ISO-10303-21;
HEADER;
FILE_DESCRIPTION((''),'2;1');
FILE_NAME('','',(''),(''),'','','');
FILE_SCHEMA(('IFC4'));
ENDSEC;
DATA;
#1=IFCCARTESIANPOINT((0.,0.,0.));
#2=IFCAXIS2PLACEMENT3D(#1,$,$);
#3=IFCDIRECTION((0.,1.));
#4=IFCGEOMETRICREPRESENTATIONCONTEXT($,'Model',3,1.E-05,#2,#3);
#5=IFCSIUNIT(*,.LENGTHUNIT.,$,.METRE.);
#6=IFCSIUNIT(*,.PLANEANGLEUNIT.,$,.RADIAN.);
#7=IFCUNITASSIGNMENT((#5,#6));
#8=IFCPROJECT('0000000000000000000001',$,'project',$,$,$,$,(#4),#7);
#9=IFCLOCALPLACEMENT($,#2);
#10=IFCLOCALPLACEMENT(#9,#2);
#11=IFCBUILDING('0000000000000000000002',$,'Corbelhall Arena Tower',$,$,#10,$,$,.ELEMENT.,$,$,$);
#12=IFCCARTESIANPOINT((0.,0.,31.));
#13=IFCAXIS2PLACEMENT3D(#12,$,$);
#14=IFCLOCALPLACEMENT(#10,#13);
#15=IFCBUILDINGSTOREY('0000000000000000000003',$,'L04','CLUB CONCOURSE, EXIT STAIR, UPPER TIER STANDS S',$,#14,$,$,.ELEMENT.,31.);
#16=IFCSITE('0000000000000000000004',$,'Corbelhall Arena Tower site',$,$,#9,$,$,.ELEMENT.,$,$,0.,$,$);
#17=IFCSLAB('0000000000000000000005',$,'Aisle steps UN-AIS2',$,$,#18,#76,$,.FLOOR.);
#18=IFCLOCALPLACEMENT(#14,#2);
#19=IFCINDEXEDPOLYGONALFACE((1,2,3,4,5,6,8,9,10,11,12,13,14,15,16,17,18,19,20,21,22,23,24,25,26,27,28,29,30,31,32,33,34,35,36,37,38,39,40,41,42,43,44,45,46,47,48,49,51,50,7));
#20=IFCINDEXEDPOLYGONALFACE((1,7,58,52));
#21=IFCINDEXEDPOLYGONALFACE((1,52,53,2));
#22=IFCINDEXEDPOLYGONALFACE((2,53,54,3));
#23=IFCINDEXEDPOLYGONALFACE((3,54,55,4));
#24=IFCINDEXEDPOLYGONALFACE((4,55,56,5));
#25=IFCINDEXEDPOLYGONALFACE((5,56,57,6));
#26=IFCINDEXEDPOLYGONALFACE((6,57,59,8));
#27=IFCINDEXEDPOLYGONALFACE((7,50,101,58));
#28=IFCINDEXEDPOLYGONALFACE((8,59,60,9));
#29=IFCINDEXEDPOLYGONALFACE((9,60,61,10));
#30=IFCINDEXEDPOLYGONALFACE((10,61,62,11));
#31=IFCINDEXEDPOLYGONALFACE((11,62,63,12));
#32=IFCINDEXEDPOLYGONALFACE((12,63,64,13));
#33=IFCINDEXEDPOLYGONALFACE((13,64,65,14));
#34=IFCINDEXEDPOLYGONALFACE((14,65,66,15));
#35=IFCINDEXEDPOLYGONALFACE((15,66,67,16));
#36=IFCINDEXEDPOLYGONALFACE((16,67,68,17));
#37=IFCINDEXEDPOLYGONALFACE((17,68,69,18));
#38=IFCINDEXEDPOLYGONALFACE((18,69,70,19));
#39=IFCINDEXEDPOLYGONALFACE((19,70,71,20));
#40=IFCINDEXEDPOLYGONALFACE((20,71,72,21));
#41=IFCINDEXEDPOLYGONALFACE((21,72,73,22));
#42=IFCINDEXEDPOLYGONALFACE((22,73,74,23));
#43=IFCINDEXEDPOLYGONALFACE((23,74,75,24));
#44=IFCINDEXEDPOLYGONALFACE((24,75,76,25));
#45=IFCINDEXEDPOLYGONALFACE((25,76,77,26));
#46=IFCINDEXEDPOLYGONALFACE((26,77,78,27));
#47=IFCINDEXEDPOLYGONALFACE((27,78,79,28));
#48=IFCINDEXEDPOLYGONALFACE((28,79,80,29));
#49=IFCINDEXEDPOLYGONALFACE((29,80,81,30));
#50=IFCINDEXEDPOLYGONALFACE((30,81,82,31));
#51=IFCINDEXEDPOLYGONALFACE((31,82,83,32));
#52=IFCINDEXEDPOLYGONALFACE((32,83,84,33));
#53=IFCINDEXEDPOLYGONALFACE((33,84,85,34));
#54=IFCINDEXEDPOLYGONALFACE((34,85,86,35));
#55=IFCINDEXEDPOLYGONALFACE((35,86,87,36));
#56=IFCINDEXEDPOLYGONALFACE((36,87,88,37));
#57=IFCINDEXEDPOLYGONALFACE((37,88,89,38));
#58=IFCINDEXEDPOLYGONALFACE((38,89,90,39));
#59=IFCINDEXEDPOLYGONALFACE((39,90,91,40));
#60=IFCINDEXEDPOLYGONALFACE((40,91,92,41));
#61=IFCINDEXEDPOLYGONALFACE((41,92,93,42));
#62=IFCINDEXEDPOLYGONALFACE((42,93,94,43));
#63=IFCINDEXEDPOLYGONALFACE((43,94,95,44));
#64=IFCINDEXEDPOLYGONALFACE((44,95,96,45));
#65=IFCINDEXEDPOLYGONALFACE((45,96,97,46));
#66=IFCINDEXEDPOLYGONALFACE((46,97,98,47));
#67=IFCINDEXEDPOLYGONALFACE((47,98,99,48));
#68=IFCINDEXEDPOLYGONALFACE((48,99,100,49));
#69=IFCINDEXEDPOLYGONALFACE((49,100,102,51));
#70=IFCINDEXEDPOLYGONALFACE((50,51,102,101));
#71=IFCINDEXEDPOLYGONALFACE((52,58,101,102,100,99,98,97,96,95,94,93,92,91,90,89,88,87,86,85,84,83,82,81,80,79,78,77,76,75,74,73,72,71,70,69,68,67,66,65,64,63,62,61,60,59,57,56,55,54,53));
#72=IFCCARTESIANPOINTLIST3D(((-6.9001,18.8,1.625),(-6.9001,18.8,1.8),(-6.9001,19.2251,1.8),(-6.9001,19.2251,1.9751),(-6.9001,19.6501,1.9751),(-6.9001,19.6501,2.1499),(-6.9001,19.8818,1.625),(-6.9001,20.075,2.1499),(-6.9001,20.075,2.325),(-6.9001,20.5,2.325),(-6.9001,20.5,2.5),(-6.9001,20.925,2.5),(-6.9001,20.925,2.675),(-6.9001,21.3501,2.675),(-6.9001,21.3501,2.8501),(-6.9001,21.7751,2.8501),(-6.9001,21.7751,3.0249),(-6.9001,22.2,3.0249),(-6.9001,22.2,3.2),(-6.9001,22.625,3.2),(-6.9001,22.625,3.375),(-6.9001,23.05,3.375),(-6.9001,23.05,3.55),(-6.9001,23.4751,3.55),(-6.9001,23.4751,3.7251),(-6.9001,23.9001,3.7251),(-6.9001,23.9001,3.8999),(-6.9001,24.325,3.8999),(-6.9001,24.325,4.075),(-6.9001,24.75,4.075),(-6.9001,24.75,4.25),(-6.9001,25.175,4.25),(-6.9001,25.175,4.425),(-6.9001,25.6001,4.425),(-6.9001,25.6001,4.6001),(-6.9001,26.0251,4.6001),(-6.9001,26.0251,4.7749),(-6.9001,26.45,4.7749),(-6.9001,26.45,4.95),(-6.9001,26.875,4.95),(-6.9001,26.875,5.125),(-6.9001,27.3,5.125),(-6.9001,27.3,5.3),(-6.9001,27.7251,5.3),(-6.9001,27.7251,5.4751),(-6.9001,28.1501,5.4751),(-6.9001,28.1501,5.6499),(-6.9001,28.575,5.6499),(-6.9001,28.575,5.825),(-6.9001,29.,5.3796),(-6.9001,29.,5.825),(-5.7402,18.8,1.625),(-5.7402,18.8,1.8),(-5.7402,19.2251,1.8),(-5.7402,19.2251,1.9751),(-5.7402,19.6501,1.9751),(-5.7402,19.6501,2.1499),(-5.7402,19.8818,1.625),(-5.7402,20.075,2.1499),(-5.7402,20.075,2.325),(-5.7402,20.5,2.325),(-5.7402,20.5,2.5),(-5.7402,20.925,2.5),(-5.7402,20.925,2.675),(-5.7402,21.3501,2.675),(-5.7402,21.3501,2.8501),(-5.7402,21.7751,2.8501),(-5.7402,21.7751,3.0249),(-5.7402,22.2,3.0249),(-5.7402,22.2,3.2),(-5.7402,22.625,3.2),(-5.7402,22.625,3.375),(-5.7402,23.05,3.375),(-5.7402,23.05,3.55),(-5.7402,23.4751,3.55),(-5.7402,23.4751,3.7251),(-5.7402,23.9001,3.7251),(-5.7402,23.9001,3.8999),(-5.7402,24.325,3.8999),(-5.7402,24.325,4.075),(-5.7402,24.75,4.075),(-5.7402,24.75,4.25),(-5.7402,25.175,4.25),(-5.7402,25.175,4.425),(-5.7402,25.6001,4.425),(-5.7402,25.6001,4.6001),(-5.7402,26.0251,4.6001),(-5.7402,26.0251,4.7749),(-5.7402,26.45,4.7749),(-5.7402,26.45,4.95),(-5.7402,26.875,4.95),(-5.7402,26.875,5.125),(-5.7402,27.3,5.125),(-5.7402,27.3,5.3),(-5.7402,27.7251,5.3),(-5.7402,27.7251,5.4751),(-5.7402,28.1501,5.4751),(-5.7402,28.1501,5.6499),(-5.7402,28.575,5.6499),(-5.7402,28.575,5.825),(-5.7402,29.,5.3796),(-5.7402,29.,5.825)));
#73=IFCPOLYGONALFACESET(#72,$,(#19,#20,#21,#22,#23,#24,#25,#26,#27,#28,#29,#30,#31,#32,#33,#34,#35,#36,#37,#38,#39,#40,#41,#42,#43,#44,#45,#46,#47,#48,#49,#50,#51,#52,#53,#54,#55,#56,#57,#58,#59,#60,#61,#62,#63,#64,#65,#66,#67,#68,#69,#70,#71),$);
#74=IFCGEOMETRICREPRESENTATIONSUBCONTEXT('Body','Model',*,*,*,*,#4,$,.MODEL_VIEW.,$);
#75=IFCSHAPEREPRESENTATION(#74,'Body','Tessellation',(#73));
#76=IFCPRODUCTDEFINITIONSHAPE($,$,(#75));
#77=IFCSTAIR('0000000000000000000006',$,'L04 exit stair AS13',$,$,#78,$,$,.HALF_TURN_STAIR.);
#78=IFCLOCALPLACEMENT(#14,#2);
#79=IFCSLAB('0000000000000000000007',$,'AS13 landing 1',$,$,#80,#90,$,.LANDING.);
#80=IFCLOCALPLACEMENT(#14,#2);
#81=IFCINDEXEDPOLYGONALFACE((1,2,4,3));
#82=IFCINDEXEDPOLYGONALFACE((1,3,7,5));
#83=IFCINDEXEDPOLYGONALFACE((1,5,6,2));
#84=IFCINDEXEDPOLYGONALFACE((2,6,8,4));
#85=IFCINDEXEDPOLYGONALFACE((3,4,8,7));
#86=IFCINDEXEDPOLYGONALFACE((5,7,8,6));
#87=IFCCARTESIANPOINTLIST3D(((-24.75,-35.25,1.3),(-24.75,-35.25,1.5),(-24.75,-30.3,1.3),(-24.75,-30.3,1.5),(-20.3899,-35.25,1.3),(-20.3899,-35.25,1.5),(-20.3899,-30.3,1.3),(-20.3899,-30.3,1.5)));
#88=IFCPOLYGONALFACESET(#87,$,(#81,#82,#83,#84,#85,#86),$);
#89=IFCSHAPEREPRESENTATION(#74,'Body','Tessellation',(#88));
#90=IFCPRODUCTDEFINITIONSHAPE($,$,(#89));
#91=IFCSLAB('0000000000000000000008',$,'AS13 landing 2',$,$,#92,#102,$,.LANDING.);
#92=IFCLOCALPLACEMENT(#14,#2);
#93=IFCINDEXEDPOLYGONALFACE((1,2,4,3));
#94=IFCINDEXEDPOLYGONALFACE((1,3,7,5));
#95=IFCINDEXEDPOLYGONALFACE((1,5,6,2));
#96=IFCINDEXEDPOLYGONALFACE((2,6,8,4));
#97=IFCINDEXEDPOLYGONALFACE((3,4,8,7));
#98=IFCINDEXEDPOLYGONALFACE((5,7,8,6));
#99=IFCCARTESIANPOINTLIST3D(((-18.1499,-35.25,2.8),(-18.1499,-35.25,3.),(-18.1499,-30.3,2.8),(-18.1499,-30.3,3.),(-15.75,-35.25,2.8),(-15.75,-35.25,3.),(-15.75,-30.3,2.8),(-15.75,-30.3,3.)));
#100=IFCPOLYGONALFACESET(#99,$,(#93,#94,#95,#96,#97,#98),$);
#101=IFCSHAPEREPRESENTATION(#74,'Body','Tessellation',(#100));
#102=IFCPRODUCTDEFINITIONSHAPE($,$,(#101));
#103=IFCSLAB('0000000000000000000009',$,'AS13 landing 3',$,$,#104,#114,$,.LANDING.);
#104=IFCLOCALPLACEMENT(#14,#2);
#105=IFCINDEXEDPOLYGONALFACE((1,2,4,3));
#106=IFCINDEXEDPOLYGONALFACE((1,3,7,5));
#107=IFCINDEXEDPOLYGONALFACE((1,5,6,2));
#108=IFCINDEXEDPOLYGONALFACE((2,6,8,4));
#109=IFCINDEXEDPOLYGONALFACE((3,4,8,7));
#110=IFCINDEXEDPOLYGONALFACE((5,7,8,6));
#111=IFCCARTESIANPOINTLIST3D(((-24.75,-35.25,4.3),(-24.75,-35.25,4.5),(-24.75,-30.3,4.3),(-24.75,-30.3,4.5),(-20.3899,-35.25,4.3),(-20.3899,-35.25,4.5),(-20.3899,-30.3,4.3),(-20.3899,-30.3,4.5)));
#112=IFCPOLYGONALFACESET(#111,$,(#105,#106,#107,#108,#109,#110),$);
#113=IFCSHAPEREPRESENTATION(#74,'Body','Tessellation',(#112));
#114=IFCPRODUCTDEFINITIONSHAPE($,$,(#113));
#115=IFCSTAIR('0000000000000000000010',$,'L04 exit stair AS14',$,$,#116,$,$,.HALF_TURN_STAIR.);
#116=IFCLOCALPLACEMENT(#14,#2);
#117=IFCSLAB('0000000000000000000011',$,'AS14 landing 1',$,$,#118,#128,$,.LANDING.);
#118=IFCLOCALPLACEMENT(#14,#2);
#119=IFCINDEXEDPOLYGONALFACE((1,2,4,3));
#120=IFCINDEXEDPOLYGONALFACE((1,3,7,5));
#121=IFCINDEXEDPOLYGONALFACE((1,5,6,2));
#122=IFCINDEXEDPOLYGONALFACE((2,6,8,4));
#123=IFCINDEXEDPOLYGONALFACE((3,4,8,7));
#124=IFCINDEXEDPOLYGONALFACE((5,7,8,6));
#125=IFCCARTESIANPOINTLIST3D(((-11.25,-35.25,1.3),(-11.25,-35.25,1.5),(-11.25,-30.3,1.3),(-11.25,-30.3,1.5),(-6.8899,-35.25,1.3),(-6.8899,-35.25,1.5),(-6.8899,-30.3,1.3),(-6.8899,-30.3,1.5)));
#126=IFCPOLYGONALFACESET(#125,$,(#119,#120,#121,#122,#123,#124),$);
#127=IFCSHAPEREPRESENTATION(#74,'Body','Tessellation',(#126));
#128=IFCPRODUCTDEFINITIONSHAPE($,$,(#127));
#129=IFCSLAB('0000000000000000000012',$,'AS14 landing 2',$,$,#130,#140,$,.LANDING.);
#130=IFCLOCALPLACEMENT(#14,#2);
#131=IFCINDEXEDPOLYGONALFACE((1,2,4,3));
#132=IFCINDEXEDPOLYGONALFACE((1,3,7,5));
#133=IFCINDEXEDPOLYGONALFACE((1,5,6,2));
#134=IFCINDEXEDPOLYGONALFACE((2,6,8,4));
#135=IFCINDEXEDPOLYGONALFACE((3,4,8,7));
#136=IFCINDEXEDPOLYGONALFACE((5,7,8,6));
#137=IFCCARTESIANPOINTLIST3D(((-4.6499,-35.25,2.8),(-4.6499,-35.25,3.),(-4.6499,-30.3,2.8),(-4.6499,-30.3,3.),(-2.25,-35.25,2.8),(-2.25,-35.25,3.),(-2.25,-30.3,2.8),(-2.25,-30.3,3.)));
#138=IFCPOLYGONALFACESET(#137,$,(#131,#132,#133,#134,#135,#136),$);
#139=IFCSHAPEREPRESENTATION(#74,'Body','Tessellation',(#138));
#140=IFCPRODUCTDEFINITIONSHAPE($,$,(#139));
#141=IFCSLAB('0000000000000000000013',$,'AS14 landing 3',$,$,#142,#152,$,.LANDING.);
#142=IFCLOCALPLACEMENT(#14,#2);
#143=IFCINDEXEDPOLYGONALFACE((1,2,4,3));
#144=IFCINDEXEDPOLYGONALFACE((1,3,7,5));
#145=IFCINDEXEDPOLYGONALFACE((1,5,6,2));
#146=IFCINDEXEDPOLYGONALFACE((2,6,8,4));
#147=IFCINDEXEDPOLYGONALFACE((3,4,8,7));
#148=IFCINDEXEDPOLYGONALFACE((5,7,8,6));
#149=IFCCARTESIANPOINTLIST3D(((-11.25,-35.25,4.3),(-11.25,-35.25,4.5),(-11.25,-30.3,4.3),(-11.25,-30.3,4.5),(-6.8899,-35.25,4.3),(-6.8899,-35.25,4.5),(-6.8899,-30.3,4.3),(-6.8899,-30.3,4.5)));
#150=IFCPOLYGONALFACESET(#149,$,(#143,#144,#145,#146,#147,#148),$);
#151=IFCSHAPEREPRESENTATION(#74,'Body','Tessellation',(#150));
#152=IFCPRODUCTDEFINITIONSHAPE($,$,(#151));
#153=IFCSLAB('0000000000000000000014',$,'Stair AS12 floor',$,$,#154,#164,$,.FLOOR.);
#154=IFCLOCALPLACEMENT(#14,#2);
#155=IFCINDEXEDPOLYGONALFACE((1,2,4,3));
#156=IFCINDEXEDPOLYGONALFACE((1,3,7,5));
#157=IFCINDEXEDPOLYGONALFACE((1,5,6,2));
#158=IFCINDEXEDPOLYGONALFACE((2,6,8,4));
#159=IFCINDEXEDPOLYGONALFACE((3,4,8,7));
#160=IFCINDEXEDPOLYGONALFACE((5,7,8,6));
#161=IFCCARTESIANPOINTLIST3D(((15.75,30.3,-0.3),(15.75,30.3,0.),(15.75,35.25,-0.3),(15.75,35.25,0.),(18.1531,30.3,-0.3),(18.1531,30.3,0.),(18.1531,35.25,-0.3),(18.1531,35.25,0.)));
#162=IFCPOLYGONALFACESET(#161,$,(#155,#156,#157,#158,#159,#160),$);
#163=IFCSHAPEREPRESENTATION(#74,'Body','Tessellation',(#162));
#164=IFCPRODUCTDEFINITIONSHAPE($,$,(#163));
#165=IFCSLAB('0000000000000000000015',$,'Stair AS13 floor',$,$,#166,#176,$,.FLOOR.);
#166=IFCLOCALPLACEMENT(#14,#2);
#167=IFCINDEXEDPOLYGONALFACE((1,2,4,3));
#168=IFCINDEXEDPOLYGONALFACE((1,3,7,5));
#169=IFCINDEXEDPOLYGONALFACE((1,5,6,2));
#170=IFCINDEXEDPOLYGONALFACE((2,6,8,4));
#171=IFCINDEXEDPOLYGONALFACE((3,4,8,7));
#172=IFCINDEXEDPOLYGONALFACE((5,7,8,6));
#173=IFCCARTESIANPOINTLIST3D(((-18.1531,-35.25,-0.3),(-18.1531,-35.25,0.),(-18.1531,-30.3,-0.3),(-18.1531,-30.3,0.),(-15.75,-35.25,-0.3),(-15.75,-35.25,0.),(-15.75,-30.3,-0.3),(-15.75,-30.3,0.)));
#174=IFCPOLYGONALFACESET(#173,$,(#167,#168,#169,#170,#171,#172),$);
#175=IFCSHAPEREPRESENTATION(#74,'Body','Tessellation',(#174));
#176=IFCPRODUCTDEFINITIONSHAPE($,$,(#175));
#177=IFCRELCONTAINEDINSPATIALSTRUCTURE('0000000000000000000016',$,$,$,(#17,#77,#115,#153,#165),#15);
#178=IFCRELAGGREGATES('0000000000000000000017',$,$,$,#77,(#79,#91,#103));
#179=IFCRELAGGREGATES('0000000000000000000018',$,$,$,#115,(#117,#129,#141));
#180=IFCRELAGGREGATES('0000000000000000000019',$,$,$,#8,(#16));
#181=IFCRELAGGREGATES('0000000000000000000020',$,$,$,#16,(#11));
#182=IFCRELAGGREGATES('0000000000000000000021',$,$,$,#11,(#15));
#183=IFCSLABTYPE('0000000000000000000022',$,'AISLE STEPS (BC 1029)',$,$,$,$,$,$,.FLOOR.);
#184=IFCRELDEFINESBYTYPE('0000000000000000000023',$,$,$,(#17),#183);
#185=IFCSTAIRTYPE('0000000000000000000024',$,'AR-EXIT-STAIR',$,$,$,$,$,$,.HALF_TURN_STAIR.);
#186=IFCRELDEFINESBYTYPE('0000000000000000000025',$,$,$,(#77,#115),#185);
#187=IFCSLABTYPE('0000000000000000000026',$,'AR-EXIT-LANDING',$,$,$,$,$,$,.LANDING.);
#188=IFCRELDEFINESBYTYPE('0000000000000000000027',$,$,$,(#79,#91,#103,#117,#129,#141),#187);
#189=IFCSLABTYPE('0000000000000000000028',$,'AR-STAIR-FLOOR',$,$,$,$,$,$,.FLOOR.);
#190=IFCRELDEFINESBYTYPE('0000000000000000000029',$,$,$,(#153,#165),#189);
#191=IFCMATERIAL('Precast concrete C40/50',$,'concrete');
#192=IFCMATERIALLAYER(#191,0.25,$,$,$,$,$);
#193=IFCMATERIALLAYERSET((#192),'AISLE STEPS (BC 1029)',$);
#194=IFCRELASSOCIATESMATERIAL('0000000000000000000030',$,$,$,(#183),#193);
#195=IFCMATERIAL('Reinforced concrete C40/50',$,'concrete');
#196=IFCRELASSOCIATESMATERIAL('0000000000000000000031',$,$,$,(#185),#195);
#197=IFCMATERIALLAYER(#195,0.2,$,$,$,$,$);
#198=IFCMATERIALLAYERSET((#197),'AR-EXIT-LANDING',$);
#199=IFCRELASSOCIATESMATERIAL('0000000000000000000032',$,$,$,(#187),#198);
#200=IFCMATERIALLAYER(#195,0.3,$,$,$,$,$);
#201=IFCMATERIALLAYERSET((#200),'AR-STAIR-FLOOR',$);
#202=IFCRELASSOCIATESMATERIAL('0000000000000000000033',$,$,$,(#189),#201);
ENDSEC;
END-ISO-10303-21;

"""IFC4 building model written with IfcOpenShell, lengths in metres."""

from ifc_helpers import new_model, si_unit, direction, frame, origin, place, context, subcontext, project, spatial, polyline, outline, extrude, material, layer, layer_set, type_object, element, aggregate, save


model = new_model("IFC4")

# Units and contexts
model_context = context("Model", 3, precision=1e-05, world=origin(), true_north=direction((0.0, 1.0)))
body_context = subcontext(model_context, "Body", "Model", "MODEL_VIEW")
ifc_project = project(units=[si_unit("LENGTHUNIT", "METRE"), si_unit("PLANEANGLEUNIT", "RADIAN")], contexts=[model_context])

# Site, building, storey
site_placement = place(None, origin())
site = spatial("IfcSite", under=ifc_project, at=site_placement, Name="Corbelhall Arena Tower site", CompositionType="ELEMENT", RefElevation=0.0)
building_placement = place(site_placement, origin())
building = spatial("IfcBuilding", under=site, at=building_placement, Name="Corbelhall Arena Tower", CompositionType="ELEMENT")
storey_placement = place(building_placement, frame((0.0, 0.0, 31.0)))
storey = spatial("IfcBuildingStorey", under=building, at=storey_placement, Name="L04", Description="CLUB CONCOURSE, EXIT STAIR, UPPER TIER STANDS S", CompositionType="ELEMENT", Elevation=31.0)

# Slab
ifc_material_1 = material(Name="Precast concrete C40/50", Category="concrete")
ifc_layer_1 = layer(ifc_material_1, 0.25)
ifc_layer_set_1 = layer_set([ifc_layer_1], Name="AISLE STEPS (BC 1029)")
slab_type_1 = type_object("IfcSlabType", Name="AISLE STEPS (BC 1029)", PredefinedType="FLOOR", material=ifc_layer_set_1)
slab_1_placement = place(storey_placement, frame((-6.3201, 18.8, 1.625), z_axis=(0.0, 0.0, 1.0), x_axis=(0.0, 1.0, 0.0)))
element("IfcSlab", 1, at=slab_1_placement, inside=storey, type_object=slab_type_1, Name="Aisle steps UN-AIS2", PredefinedType="FLOOR", context=body_context, shape_type="SweptSolid", body=[
    extrude(outline(polyline([(0.0, 0.0), (0.0, 0.175), (0.425, 0.175), (0.425, 0.3501), (0.8501, 0.3501), (0.8501, 0.5249), (1.2749, 0.5249), (1.2749, 0.7), (1.7, 0.7), (1.7, 0.875), (2.125, 0.875), (2.125, 1.05), (2.55, 1.05), (2.55, 1.2251), (2.9751, 1.2251), (2.9751, 1.3999), (3.3999, 1.3999), (3.3999, 1.575), (3.825, 1.575), (3.825, 1.75), (4.25, 1.75), (4.25, 1.925), (4.675, 1.925), (4.675, 2.1001), (5.1001, 2.1001), (5.1001, 2.2749), (5.5249, 2.2749), (5.5249, 2.45), (5.95, 2.45), (5.95, 2.625), (6.375, 2.625), (6.375, 2.8), (6.8, 2.8), (6.8, 2.9751), (7.2251, 2.9751), (7.2251, 3.1499), (7.6499, 3.1499), (7.6499, 3.325), (8.075, 3.325), (8.075, 3.5), (8.5, 3.5), (8.5, 3.675), (8.925, 3.675), (8.925, 3.8501), (9.3501, 3.8501), (9.3501, 4.0249), (9.7749, 4.0249), (9.7749, 4.2), (10.2, 4.2), (10.2, 4.375), (10.2, 3.7546), (1.0818, 0.0), (0.0, 0.0)])), frame((0.0, 0.5801, 0.0), z_axis=(0.0, -1.0, 0.0), x_axis=(1.0, 0.0, 0.0)), (0.0, 0.0, 1.0), 1.1599),
])

# Stairs, slabs
ifc_material_2 = material(Name="Reinforced concrete C40/50", Category="concrete")
stair_type_1 = type_object("IfcStairType", Name="AR-EXIT-STAIR", PredefinedType="HALF_TURN_STAIR", material=ifc_material_2)
stair_1_placement = place(storey_placement, origin())
stair_1 = element("IfcStair", 2, at=stair_1_placement, inside=storey, type_object=stair_type_1, Name="L04 exit stair AS13", PredefinedType="HALF_TURN_STAIR")
ifc_layer_2 = layer(ifc_material_2, 0.2)
ifc_layer_set_2 = layer_set([ifc_layer_2], Name="AR-EXIT-LANDING")
slab_type_2 = type_object("IfcSlabType", Name="AR-EXIT-LANDING", PredefinedType="LANDING", material=ifc_layer_set_2)
slab_2_placement = place(storey_placement, frame((0.0, 0.0, 1.3)))
slab_2 = element("IfcSlab", 3, at=slab_2_placement, type_object=slab_type_2, Name="AS13 landing 1", PredefinedType="LANDING", context=body_context, shape_type="SweptSolid", body=[
    extrude(outline(polyline([(-20.3899, -30.3), (-24.75, -30.3), (-24.75, -35.25), (-20.3899, -35.25), (-20.3899, -30.3)])), origin(), (0.0, 0.0, 1.0), 0.2),
])
slab_3_placement = place(storey_placement, frame((0.0, 0.0, 2.8)))
slab_3 = element("IfcSlab", 4, at=slab_3_placement, type_object=slab_type_2, Name="AS13 landing 2", PredefinedType="LANDING", context=body_context, shape_type="SweptSolid", body=[
    extrude(outline(polyline([(-15.75, -30.3), (-18.1499, -30.3), (-18.1499, -35.25), (-15.75, -35.25), (-15.75, -30.3)])), origin(), (0.0, 0.0, 1.0), 0.2),
])
slab_4_placement = place(storey_placement, frame((0.0, 0.0, 4.3)))
slab_4 = element("IfcSlab", 5, at=slab_4_placement, type_object=slab_type_2, Name="AS13 landing 3", PredefinedType="LANDING", context=body_context, shape_type="SweptSolid", body=[
    extrude(outline(polyline([(-20.3899, -30.3), (-24.75, -30.3), (-24.75, -35.25), (-20.3899, -35.25), (-20.3899, -30.3)])), origin(), (0.0, 0.0, 1.0), 0.2),
])
aggregate(stair_1, [slab_2, slab_3, slab_4])
stair_2_placement = place(storey_placement, origin())
stair_2 = element("IfcStair", 6, at=stair_2_placement, inside=storey, type_object=stair_type_1, Name="L04 exit stair AS14", PredefinedType="HALF_TURN_STAIR")
slab_5_placement = place(storey_placement, frame((0.0, 0.0, 1.3)))
slab_5 = element("IfcSlab", 7, at=slab_5_placement, type_object=slab_type_2, Name="AS14 landing 1", PredefinedType="LANDING", context=body_context, shape_type="SweptSolid", body=[
    extrude(outline(polyline([(-6.8899, -30.3), (-11.25, -30.3), (-11.25, -35.25), (-6.8899, -35.25), (-6.8899, -30.3)])), origin(), (0.0, 0.0, 1.0), 0.2),
])
slab_6_placement = place(storey_placement, frame((0.0, 0.0, 2.8)))
slab_6 = element("IfcSlab", 8, at=slab_6_placement, type_object=slab_type_2, Name="AS14 landing 2", PredefinedType="LANDING", context=body_context, shape_type="SweptSolid", body=[
    extrude(outline(polyline([(-2.25, -30.3), (-4.6499, -30.3), (-4.6499, -35.25), (-2.25, -35.25), (-2.25, -30.3)])), origin(), (0.0, 0.0, 1.0), 0.2),
])
slab_7_placement = place(storey_placement, frame((0.0, 0.0, 4.3)))
slab_7 = element("IfcSlab", 9, at=slab_7_placement, type_object=slab_type_2, Name="AS14 landing 3", PredefinedType="LANDING", context=body_context, shape_type="SweptSolid", body=[
    extrude(outline(polyline([(-6.8899, -30.3), (-11.25, -30.3), (-11.25, -35.25), (-6.8899, -35.25), (-6.8899, -30.3)])), origin(), (0.0, 0.0, 1.0), 0.2),
])
aggregate(stair_2, [slab_5, slab_6, slab_7])

# Slabs
ifc_layer_3 = layer(ifc_material_2, 0.3)
ifc_layer_set_3 = layer_set([ifc_layer_3], Name="AR-STAIR-FLOOR")
slab_type_3 = type_object("IfcSlabType", Name="AR-STAIR-FLOOR", PredefinedType="FLOOR", material=ifc_layer_set_3)
slab_8_placement = place(storey_placement, frame((0.0, 0.0, -0.3)))
element("IfcSlab", 10, at=slab_8_placement, inside=storey, type_object=slab_type_3, Name="Stair AS12 floor", PredefinedType="FLOOR", context=body_context, shape_type="SweptSolid", body=[
    extrude(outline(polyline([(15.75, 30.3), (15.75, 35.25), (18.1531, 35.25), (18.1531, 30.3), (15.75, 30.3)])), origin(), (0.0, 0.0, 1.0), 0.3),
])
slab_9_placement = place(storey_placement, frame((0.0, 0.0, -0.3)))
element("IfcSlab", 11, at=slab_9_placement, inside=storey, type_object=slab_type_3, Name="Stair AS13 floor", PredefinedType="FLOOR", context=body_context, shape_type="SweptSolid", body=[
    extrude(outline(polyline([(-15.75, -30.3), (-15.75, -35.25), (-18.1531, -35.25), (-18.1531, -30.3), (-15.75, -30.3)])), origin(), (0.0, 0.0, 1.0), 0.3),
])

save(model, "model.ifc")
